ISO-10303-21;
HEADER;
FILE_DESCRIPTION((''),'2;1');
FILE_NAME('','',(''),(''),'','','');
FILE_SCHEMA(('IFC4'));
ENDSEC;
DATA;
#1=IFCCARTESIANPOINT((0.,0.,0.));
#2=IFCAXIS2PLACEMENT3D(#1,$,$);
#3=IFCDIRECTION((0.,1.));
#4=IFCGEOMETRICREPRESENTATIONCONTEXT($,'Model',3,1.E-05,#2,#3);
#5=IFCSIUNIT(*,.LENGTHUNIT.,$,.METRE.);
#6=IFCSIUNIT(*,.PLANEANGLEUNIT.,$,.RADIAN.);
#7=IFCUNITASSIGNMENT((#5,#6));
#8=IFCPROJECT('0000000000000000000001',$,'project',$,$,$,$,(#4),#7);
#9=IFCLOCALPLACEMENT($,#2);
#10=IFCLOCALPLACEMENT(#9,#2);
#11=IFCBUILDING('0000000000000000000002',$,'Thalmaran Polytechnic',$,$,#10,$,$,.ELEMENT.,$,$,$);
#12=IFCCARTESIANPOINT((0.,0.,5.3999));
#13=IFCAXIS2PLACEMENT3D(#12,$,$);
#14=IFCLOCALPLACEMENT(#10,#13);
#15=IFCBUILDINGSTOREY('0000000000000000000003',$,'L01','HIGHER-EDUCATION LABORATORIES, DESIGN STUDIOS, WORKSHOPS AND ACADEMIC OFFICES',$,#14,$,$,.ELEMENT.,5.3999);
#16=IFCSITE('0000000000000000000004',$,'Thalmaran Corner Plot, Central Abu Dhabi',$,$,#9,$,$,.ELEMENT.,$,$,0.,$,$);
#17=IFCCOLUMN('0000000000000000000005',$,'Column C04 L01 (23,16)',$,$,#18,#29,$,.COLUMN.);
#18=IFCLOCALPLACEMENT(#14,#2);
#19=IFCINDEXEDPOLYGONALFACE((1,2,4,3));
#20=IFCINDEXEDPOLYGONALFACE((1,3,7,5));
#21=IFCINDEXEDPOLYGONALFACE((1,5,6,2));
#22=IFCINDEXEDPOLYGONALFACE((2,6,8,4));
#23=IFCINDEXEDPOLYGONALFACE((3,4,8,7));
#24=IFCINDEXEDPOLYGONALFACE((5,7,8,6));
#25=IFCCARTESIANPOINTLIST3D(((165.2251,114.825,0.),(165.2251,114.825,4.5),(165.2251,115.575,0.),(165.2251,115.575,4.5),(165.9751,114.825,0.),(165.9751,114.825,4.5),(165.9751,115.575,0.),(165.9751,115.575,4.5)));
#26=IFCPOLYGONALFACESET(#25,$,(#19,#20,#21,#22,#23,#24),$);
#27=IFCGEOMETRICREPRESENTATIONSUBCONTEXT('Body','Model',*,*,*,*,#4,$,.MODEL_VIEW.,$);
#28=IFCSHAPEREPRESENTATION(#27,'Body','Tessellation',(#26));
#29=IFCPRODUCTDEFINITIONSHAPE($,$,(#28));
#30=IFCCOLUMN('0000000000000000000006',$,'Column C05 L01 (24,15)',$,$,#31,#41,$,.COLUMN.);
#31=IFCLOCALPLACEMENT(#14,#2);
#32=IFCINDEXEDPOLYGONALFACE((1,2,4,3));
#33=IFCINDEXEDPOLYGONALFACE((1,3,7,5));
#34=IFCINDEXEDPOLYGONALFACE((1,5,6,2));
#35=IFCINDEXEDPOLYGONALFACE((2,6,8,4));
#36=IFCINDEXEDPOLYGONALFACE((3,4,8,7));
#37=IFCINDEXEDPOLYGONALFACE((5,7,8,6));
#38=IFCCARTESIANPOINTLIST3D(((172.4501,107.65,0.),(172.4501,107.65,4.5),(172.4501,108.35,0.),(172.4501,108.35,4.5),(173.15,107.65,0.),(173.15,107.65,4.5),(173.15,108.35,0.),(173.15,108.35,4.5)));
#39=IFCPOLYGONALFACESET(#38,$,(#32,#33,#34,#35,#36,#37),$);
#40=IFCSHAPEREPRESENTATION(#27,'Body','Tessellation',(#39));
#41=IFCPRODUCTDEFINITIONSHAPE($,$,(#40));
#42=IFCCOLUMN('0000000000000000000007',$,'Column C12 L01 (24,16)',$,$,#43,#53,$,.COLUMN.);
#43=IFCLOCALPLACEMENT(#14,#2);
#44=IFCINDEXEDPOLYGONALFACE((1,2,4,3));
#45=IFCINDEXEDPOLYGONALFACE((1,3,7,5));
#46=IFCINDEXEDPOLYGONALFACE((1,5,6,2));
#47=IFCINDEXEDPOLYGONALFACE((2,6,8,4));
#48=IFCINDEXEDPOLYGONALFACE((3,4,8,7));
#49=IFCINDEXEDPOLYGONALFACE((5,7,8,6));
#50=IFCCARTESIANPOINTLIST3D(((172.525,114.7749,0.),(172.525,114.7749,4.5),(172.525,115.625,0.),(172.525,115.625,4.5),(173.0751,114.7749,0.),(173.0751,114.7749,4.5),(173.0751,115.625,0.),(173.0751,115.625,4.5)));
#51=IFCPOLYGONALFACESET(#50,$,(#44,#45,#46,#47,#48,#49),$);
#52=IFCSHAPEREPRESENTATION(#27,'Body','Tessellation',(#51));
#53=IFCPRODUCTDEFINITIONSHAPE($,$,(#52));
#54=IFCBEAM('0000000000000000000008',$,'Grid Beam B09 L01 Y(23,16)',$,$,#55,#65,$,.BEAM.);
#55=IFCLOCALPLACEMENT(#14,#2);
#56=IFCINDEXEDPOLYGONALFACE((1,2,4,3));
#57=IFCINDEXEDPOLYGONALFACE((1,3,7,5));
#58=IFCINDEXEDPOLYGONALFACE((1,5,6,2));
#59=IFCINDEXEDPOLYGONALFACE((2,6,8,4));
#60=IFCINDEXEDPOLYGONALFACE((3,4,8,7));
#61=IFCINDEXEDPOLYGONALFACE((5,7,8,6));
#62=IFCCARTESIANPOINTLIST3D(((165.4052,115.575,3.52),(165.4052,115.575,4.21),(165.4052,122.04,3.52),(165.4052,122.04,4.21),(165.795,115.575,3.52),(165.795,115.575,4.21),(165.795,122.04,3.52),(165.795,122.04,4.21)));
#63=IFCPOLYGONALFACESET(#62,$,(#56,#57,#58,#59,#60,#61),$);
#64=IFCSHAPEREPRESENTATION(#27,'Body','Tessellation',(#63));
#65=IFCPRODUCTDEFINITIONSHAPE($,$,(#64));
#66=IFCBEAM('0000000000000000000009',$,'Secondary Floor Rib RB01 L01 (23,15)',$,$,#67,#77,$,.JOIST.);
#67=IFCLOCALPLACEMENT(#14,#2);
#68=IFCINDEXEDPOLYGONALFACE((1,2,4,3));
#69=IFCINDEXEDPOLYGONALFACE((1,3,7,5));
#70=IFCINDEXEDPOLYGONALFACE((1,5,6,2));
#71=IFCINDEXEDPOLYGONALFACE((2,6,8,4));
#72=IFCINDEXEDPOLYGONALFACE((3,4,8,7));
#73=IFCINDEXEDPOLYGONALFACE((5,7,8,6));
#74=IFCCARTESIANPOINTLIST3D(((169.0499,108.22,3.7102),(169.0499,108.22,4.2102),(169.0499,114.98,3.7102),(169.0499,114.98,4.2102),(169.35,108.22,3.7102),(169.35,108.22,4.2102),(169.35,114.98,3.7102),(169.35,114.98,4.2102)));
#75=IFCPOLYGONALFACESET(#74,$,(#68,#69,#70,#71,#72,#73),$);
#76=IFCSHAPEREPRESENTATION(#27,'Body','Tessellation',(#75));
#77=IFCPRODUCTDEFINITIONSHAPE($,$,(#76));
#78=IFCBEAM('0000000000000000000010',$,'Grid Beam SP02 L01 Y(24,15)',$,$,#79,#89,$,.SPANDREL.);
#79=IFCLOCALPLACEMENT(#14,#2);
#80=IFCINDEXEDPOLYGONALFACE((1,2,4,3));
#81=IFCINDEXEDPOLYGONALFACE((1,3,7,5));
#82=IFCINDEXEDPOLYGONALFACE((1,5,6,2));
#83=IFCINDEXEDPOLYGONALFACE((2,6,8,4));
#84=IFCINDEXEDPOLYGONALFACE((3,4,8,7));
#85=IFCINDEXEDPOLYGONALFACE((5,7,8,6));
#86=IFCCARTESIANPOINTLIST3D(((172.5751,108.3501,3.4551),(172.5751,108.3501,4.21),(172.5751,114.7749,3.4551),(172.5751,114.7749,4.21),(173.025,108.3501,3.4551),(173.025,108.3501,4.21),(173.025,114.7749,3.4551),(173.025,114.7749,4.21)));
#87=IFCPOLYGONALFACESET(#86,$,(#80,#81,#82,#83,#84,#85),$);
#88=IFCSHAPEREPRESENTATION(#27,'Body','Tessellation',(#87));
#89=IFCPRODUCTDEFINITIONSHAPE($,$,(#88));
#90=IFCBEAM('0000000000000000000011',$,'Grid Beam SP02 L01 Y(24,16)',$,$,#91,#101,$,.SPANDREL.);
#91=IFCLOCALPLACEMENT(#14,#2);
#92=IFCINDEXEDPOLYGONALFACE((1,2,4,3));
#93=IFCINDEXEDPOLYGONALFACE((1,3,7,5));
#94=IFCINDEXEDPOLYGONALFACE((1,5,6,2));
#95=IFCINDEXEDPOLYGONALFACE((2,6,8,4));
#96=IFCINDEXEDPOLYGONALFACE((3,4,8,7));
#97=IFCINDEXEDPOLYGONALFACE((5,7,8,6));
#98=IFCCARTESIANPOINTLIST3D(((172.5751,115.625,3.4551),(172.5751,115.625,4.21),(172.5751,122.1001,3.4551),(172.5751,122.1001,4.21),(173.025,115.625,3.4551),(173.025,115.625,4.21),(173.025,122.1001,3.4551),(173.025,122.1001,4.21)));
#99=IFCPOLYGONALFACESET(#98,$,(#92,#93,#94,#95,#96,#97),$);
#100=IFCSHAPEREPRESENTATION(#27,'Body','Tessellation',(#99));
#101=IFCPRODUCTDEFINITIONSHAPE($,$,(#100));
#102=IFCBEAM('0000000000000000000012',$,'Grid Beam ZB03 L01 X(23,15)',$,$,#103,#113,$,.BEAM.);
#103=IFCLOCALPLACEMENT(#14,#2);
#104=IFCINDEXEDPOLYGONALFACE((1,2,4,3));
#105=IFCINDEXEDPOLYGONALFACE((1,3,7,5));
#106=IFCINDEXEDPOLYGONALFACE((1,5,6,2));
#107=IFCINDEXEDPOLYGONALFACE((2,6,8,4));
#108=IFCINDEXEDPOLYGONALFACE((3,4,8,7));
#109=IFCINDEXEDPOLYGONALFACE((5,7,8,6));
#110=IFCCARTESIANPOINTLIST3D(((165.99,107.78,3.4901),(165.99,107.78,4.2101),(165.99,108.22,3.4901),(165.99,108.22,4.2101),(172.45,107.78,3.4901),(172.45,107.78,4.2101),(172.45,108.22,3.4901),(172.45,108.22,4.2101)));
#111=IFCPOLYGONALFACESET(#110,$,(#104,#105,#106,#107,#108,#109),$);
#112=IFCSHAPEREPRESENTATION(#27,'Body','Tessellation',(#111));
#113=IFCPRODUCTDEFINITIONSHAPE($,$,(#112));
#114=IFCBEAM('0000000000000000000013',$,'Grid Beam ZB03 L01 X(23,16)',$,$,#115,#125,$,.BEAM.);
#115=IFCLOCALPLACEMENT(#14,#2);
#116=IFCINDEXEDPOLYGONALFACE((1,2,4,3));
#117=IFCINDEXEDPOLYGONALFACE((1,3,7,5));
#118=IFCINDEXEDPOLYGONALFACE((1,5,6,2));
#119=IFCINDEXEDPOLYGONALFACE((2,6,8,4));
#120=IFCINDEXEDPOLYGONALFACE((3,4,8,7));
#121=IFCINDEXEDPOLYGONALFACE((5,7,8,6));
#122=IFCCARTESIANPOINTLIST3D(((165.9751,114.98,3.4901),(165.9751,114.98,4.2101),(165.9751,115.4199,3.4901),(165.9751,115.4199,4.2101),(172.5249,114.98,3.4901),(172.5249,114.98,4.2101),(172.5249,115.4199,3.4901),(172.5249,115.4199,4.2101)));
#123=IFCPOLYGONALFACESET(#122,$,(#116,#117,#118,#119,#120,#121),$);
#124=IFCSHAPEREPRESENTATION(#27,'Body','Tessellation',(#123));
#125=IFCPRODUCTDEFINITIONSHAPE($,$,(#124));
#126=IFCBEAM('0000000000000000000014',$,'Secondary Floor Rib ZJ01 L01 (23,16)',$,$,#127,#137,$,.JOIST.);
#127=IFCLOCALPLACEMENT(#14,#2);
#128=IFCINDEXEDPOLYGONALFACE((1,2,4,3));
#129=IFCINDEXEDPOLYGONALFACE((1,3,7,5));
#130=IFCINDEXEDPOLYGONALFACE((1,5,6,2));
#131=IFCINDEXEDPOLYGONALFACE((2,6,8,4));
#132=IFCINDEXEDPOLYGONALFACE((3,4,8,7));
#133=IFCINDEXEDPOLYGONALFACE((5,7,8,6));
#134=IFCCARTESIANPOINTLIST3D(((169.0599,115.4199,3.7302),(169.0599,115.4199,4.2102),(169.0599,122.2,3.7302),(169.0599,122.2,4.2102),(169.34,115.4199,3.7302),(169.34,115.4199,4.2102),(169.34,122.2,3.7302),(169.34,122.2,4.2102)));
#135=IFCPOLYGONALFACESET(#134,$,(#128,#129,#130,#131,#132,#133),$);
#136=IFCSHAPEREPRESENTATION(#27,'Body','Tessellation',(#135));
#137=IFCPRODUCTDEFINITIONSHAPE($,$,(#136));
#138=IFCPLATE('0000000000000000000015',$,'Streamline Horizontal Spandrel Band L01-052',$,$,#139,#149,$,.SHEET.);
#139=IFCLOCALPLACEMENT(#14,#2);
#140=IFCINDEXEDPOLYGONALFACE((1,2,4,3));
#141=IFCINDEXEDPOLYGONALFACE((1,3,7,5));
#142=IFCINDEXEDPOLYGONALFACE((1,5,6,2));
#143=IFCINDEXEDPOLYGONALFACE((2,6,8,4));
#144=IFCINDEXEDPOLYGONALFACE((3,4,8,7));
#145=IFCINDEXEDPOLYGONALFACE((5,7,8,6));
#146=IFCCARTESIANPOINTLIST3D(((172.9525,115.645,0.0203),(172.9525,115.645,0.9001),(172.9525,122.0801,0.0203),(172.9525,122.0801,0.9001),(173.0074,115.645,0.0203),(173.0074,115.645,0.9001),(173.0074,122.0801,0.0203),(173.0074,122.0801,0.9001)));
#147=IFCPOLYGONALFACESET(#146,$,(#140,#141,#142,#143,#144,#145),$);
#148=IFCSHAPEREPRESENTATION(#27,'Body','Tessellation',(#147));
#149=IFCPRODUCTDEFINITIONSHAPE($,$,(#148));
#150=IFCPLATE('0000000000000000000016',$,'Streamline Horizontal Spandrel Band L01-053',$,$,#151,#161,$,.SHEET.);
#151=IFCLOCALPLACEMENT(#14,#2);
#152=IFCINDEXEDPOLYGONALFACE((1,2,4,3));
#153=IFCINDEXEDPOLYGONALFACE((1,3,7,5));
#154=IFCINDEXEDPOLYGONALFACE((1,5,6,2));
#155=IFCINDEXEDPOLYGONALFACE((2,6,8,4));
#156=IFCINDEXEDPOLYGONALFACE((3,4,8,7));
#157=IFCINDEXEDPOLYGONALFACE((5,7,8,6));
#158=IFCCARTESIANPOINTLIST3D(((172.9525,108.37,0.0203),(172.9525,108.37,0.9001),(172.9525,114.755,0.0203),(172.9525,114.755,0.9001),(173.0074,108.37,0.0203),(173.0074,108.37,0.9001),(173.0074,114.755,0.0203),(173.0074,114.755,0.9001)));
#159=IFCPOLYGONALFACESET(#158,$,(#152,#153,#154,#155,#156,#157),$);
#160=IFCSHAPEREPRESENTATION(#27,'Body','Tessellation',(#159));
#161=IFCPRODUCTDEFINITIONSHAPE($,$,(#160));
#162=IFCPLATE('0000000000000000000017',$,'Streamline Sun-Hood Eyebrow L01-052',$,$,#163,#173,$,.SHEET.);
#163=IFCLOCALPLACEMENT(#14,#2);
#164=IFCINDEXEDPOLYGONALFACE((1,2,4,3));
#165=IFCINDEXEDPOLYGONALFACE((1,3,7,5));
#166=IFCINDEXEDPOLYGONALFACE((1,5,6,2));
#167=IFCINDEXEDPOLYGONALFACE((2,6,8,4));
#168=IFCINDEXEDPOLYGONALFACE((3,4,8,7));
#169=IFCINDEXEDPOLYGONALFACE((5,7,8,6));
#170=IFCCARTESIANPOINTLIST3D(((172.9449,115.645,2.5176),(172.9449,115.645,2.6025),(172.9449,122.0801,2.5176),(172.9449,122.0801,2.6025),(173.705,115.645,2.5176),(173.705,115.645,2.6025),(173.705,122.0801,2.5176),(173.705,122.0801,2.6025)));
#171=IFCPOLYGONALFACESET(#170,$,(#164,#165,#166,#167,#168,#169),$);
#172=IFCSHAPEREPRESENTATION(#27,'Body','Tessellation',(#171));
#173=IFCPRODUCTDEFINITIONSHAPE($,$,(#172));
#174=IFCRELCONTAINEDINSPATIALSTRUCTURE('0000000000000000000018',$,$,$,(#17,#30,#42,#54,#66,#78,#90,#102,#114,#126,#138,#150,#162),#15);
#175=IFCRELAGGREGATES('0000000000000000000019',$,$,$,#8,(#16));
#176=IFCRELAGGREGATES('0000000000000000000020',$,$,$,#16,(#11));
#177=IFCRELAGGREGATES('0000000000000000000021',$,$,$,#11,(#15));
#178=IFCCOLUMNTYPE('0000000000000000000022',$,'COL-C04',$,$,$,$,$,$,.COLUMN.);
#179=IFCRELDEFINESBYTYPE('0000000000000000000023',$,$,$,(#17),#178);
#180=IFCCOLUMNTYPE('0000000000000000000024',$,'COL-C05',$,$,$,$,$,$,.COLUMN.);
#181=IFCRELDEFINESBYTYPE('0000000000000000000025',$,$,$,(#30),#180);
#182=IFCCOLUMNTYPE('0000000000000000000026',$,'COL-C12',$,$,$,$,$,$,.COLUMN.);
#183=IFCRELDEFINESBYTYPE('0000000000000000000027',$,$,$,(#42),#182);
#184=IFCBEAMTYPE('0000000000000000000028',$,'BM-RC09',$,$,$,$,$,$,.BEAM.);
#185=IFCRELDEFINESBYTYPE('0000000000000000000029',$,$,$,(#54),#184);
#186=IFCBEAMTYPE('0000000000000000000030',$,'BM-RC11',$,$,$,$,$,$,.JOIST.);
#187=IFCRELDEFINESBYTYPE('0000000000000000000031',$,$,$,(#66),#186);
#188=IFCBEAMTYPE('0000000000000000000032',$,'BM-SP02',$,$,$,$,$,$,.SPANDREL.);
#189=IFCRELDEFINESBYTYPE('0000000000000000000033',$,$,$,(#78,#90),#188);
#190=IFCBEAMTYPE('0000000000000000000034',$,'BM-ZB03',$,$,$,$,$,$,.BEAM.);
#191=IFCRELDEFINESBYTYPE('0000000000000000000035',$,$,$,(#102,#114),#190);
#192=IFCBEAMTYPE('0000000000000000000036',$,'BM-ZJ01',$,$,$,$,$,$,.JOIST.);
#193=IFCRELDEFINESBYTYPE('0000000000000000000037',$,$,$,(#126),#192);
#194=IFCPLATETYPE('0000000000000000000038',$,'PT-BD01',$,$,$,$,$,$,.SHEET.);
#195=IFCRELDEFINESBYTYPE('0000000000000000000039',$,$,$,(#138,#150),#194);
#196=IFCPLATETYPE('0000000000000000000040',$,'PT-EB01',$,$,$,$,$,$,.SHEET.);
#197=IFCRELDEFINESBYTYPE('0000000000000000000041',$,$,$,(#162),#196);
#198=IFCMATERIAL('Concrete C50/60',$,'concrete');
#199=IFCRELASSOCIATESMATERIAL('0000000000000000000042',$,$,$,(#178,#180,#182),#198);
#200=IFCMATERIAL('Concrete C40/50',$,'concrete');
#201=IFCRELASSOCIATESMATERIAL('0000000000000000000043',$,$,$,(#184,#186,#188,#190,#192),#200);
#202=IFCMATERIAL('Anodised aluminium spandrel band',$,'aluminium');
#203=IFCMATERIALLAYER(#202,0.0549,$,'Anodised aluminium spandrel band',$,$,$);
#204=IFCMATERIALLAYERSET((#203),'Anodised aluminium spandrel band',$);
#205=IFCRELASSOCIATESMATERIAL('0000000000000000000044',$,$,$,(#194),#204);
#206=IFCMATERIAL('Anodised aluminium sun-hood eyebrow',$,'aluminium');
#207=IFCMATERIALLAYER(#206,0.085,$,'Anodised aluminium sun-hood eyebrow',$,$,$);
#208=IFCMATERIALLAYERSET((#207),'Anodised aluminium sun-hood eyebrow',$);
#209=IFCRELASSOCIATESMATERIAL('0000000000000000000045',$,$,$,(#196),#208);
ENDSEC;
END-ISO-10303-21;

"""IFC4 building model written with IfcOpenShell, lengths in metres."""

from ifc_helpers import new_model, si_unit, direction, frame, origin, origin_2d, place, context, subcontext, project, spatial, rectangle, extrude, material, layer, layer_set, material_profile, profile_set, type_object, element, save


model = new_model("IFC4")

# Units and contexts
model_context = context("Model", 3, precision=1e-05, world=origin(), true_north=direction((0.0, 1.0)))
body_context = subcontext(model_context, "Body", "Model", "MODEL_VIEW")
ifc_project = project(units=[si_unit("LENGTHUNIT", "METRE"), si_unit("PLANEANGLEUNIT", "RADIAN")], contexts=[model_context])

# Site, building, storey
site_placement = place(None, origin())
site = spatial("IfcSite", under=ifc_project, at=site_placement, Name="Thalmaran Corner Plot, Central Abu Dhabi", CompositionType="ELEMENT", RefElevation=0.0)
building_placement = place(site_placement, origin())
building = spatial("IfcBuilding", under=site, at=building_placement, Name="Thalmaran Polytechnic", CompositionType="ELEMENT")
storey_placement = place(building_placement, frame((0.0, 0.0, 5.3999)))
storey = spatial("IfcBuildingStorey", under=building, at=storey_placement, Name="L01", Description="HIGHER-EDUCATION LABORATORIES, DESIGN STUDIOS, WORKSHOPS AND ACADEMIC OFFICES", CompositionType="ELEMENT", Elevation=5.3999)

# Columns
ifc_material_1 = material(Name="Concrete C50/60", Category="concrete")
ifc_material_profile_1 = material_profile(ifc_material_1, rectangle(XDim=0.75, YDim=0.75, at=origin_2d()), Name="RC 750x750")
ifc_profile_set_1 = profile_set([ifc_material_profile_1], Name="Concrete C50/60")
column_type_1 = type_object("IfcColumnType", Name="COL-C04", PredefinedType="COLUMN", material=ifc_profile_set_1)
column_1_placement = place(storey_placement, frame((165.6001, 115.2, 0.0), z_axis=(0.0, 0.0, 1.0), x_axis=(1.0, 0.0, 0.0)))
element("IfcColumn", 1, at=column_1_placement, inside=storey, type_object=column_type_1, Name="Column C04 L01 (23,16)", PredefinedType="COLUMN", context=body_context, shape_type="SweptSolid", body=[
    extrude(rectangle(XDim=0.75, YDim=0.75, at=origin_2d()), origin(), (0.0, 0.0, 1.0), 4.5),
])
ifc_material_profile_2 = material_profile(ifc_material_1, rectangle(XDim=0.7, YDim=0.7, at=origin_2d()), Name="RC 700x700")
ifc_profile_set_2 = profile_set([ifc_material_profile_2], Name="Concrete C50/60")
column_type_2 = type_object("IfcColumnType", Name="COL-C05", PredefinedType="COLUMN", material=ifc_profile_set_2)
column_2_placement = place(storey_placement, frame((172.8, 108.0, 0.0), z_axis=(0.0, 0.0, 1.0), x_axis=(1.0, 0.0, 0.0)))
element("IfcColumn", 2, at=column_2_placement, inside=storey, type_object=column_type_2, Name="Column C05 L01 (24,15)", PredefinedType="COLUMN", context=body_context, shape_type="SweptSolid", body=[
    extrude(rectangle(XDim=0.7, YDim=0.7, at=origin_2d()), origin(), (0.0, 0.0, 1.0), 4.5),
])
ifc_material_profile_3 = material_profile(ifc_material_1, rectangle(XDim=0.55, YDim=0.8501, at=origin_2d()), Name="RC 550x850")
ifc_profile_set_3 = profile_set([ifc_material_profile_3], Name="Concrete C50/60")
column_type_3 = type_object("IfcColumnType", Name="COL-C12", PredefinedType="COLUMN", material=ifc_profile_set_3)
column_3_placement = place(storey_placement, frame((172.8, 115.2, 0.0), z_axis=(0.0, 0.0, 1.0), x_axis=(1.0, 0.0, 0.0)))
element("IfcColumn", 3, at=column_3_placement, inside=storey, type_object=column_type_3, Name="Column C12 L01 (24,16)", PredefinedType="COLUMN", context=body_context, shape_type="SweptSolid", body=[
    extrude(rectangle(XDim=0.55, YDim=0.8501, at=origin_2d()), origin(), (0.0, 0.0, 1.0), 4.5),
])

# Beams
ifc_material_2 = material(Name="Concrete C40/50", Category="concrete")
ifc_material_profile_4 = material_profile(ifc_material_2, rectangle(XDim=0.3899, YDim=0.6899, at=origin_2d()), Name="RC 390x690")
ifc_profile_set_4 = profile_set([ifc_material_profile_4], Name="Concrete C40/50")
beam_type_1 = type_object("IfcBeamType", Name="BM-RC09", PredefinedType="BEAM", material=ifc_profile_set_4)
beam_1_placement = place(storey_placement, frame((165.6001, 115.575, 3.865), z_axis=(0.0, 1.0, 0.0), x_axis=(-1.0, 0.0, 0.0)))
element("IfcBeam", 4, at=beam_1_placement, inside=storey, type_object=beam_type_1, Name="Grid Beam B09 L01 Y(23,16)", PredefinedType="BEAM", context=body_context, shape_type="SweptSolid", body=[
    extrude(rectangle(XDim=0.3899, YDim=0.6899, at=origin_2d()), origin(), (0.0, 0.0, 1.0), 6.4651),
])
ifc_material_profile_5 = material_profile(ifc_material_2, rectangle(XDim=0.3, YDim=0.5, at=origin_2d()), Name="RC 300x500")
ifc_profile_set_5 = profile_set([ifc_material_profile_5], Name="Concrete C40/50")
beam_type_2 = type_object("IfcBeamType", Name="BM-RC11", PredefinedType="JOIST", material=ifc_profile_set_5)
beam_2_placement = place(storey_placement, frame((169.2, 108.22, 3.9602), z_axis=(0.0, 1.0, 0.0), x_axis=(-1.0, 0.0, 0.0)))
element("IfcBeam", 5, at=beam_2_placement, inside=storey, type_object=beam_type_2, Name="Secondary Floor Rib RB01 L01 (23,15)", PredefinedType="JOIST", context=body_context, shape_type="SweptSolid", body=[
    extrude(rectangle(XDim=0.3, YDim=0.5, at=origin_2d()), origin(), (0.0, 0.0, 1.0), 6.76),
])
ifc_material_profile_6 = material_profile(ifc_material_2, rectangle(XDim=0.45, YDim=0.7549, at=origin_2d()), Name="RC 450x755")
ifc_profile_set_6 = profile_set([ifc_material_profile_6], Name="Concrete C40/50")
beam_type_3 = type_object("IfcBeamType", Name="BM-SP02", PredefinedType="SPANDREL", material=ifc_profile_set_6)
beam_3_placement = place(storey_placement, frame((172.8, 108.3501, 3.8325), z_axis=(0.0, 1.0, 0.0), x_axis=(-1.0, 0.0, 0.0)))
element("IfcBeam", 6, at=beam_3_placement, inside=storey, type_object=beam_type_3, Name="Grid Beam SP02 L01 Y(24,15)", PredefinedType="SPANDREL", context=body_context, shape_type="SweptSolid", body=[
    extrude(rectangle(XDim=0.45, YDim=0.7549, at=origin_2d()), origin(), (0.0, 0.0, 1.0), 6.4248),
])
beam_4_placement = place(storey_placement, frame((172.8, 115.625, 3.8325), z_axis=(0.0, 1.0, 0.0), x_axis=(-1.0, 0.0, 0.0)))
element("IfcBeam", 7, at=beam_4_placement, inside=storey, type_object=beam_type_3, Name="Grid Beam SP02 L01 Y(24,16)", PredefinedType="SPANDREL", context=body_context, shape_type="SweptSolid", body=[
    extrude(rectangle(XDim=0.45, YDim=0.7549, at=origin_2d()), origin(), (0.0, 0.0, 1.0), 6.4751),
])
ifc_material_profile_7 = material_profile(ifc_material_2, rectangle(XDim=0.4399, YDim=0.72, at=origin_2d()), Name="RC 440x720")
ifc_profile_set_7 = profile_set([ifc_material_profile_7], Name="Concrete C40/50")
beam_type_4 = type_object("IfcBeamType", Name="BM-ZB03", PredefinedType="BEAM", material=ifc_profile_set_7)
beam_5_placement = place(storey_placement, frame((165.99, 108.0, 3.8501), z_axis=(1.0, 0.0, 0.0), x_axis=(0.0, 1.0, 0.0)))
element("IfcBeam", 8, at=beam_5_placement, inside=storey, type_object=beam_type_4, Name="Grid Beam ZB03 L01 X(23,15)", PredefinedType="BEAM", context=body_context, shape_type="SweptSolid", body=[
    extrude(rectangle(XDim=0.4399, YDim=0.72, at=origin_2d()), origin(), (0.0, 0.0, 1.0), 6.46),
])
beam_6_placement = place(storey_placement, frame((165.9751, 115.2, 3.8501), z_axis=(1.0, 0.0, 0.0), x_axis=(0.0, 1.0, 0.0)))
element("IfcBeam", 9, at=beam_6_placement, inside=storey, type_object=beam_type_4, Name="Grid Beam ZB03 L01 X(23,16)", PredefinedType="BEAM", context=body_context, shape_type="SweptSolid", body=[
    extrude(rectangle(XDim=0.4399, YDim=0.72, at=origin_2d()), origin(), (0.0, 0.0, 1.0), 6.5498),
])
ifc_material_profile_8 = material_profile(ifc_material_2, rectangle(XDim=0.28, YDim=0.48, at=origin_2d()), Name="RC 280x480")
ifc_profile_set_8 = profile_set([ifc_material_profile_8], Name="Concrete C40/50")
beam_type_5 = type_object("IfcBeamType", Name="BM-ZJ01", PredefinedType="JOIST", material=ifc_profile_set_8)
beam_7_placement = place(storey_placement, frame((169.2, 115.4199, 3.9702), z_axis=(0.0, 1.0, 0.0), x_axis=(-1.0, 0.0, 0.0)))
element("IfcBeam", 10, at=beam_7_placement, inside=storey, type_object=beam_type_5, Name="Secondary Floor Rib ZJ01 L01 (23,16)", PredefinedType="JOIST", context=body_context, shape_type="SweptSolid", body=[
    extrude(rectangle(XDim=0.28, YDim=0.48, at=origin_2d()), origin(), (0.0, 0.0, 1.0), 6.78),
])

# Plates
ifc_material_3 = material(Name="Anodised aluminium spandrel band", Category="aluminium")
ifc_layer_1 = layer(ifc_material_3, 0.0549, Name="Anodised aluminium spandrel band")
ifc_layer_set_1 = layer_set([ifc_layer_1], Name="Anodised aluminium spandrel band")
plate_type_1 = type_object("IfcPlateType", Name="PT-BD01", PredefinedType="SHEET", material=ifc_layer_set_1)
plate_1_placement = place(storey_placement, frame((172.98, 118.8625, 0.0203), z_axis=(0.0, 0.0, 1.0), x_axis=(0.0, -1.0, 0.0)))
element("IfcPlate", 11, at=plate_1_placement, inside=storey, type_object=plate_type_1, Name="Streamline Horizontal Spandrel Band L01-052", PredefinedType="SHEET", context=body_context, shape_type="SweptSolid", body=[
    extrude(rectangle(XDim=6.4351, YDim=0.0549, at=origin_2d()), origin(), (0.0, 0.0, 1.0), 0.8799),
])
plate_2_placement = place(storey_placement, frame((172.98, 111.5625, 0.0203), z_axis=(0.0, 0.0, 1.0), x_axis=(0.0, -1.0, 0.0)))
element("IfcPlate", 12, at=plate_2_placement, inside=storey, type_object=plate_type_1, Name="Streamline Horizontal Spandrel Band L01-053", PredefinedType="SHEET", context=body_context, shape_type="SweptSolid", body=[
    extrude(rectangle(XDim=6.385, YDim=0.0549, at=origin_2d()), origin(), (0.0, 0.0, 1.0), 0.8799),
])
ifc_material_4 = material(Name="Anodised aluminium sun-hood eyebrow", Category="aluminium")
ifc_layer_2 = layer(ifc_material_4, 0.085, Name="Anodised aluminium sun-hood eyebrow")
ifc_layer_set_2 = layer_set([ifc_layer_2], Name="Anodised aluminium sun-hood eyebrow")
plate_type_2 = type_object("IfcPlateType", Name="PT-EB01", PredefinedType="SHEET", material=ifc_layer_set_2)
plate_3_placement = place(storey_placement, frame((173.325, 118.8625, 2.5176), z_axis=(0.0, 0.0, 1.0), x_axis=(0.0, -1.0, 0.0)))
element("IfcPlate", 13, at=plate_3_placement, inside=storey, type_object=plate_type_2, Name="Streamline Sun-Hood Eyebrow L01-052", PredefinedType="SHEET", context=body_context, shape_type="SweptSolid", body=[
    extrude(rectangle(XDim=6.4351, YDim=0.76, at=origin_2d()), origin(), (0.0, 0.0, 1.0), 0.085),
])

save(model, "model.ifc")
